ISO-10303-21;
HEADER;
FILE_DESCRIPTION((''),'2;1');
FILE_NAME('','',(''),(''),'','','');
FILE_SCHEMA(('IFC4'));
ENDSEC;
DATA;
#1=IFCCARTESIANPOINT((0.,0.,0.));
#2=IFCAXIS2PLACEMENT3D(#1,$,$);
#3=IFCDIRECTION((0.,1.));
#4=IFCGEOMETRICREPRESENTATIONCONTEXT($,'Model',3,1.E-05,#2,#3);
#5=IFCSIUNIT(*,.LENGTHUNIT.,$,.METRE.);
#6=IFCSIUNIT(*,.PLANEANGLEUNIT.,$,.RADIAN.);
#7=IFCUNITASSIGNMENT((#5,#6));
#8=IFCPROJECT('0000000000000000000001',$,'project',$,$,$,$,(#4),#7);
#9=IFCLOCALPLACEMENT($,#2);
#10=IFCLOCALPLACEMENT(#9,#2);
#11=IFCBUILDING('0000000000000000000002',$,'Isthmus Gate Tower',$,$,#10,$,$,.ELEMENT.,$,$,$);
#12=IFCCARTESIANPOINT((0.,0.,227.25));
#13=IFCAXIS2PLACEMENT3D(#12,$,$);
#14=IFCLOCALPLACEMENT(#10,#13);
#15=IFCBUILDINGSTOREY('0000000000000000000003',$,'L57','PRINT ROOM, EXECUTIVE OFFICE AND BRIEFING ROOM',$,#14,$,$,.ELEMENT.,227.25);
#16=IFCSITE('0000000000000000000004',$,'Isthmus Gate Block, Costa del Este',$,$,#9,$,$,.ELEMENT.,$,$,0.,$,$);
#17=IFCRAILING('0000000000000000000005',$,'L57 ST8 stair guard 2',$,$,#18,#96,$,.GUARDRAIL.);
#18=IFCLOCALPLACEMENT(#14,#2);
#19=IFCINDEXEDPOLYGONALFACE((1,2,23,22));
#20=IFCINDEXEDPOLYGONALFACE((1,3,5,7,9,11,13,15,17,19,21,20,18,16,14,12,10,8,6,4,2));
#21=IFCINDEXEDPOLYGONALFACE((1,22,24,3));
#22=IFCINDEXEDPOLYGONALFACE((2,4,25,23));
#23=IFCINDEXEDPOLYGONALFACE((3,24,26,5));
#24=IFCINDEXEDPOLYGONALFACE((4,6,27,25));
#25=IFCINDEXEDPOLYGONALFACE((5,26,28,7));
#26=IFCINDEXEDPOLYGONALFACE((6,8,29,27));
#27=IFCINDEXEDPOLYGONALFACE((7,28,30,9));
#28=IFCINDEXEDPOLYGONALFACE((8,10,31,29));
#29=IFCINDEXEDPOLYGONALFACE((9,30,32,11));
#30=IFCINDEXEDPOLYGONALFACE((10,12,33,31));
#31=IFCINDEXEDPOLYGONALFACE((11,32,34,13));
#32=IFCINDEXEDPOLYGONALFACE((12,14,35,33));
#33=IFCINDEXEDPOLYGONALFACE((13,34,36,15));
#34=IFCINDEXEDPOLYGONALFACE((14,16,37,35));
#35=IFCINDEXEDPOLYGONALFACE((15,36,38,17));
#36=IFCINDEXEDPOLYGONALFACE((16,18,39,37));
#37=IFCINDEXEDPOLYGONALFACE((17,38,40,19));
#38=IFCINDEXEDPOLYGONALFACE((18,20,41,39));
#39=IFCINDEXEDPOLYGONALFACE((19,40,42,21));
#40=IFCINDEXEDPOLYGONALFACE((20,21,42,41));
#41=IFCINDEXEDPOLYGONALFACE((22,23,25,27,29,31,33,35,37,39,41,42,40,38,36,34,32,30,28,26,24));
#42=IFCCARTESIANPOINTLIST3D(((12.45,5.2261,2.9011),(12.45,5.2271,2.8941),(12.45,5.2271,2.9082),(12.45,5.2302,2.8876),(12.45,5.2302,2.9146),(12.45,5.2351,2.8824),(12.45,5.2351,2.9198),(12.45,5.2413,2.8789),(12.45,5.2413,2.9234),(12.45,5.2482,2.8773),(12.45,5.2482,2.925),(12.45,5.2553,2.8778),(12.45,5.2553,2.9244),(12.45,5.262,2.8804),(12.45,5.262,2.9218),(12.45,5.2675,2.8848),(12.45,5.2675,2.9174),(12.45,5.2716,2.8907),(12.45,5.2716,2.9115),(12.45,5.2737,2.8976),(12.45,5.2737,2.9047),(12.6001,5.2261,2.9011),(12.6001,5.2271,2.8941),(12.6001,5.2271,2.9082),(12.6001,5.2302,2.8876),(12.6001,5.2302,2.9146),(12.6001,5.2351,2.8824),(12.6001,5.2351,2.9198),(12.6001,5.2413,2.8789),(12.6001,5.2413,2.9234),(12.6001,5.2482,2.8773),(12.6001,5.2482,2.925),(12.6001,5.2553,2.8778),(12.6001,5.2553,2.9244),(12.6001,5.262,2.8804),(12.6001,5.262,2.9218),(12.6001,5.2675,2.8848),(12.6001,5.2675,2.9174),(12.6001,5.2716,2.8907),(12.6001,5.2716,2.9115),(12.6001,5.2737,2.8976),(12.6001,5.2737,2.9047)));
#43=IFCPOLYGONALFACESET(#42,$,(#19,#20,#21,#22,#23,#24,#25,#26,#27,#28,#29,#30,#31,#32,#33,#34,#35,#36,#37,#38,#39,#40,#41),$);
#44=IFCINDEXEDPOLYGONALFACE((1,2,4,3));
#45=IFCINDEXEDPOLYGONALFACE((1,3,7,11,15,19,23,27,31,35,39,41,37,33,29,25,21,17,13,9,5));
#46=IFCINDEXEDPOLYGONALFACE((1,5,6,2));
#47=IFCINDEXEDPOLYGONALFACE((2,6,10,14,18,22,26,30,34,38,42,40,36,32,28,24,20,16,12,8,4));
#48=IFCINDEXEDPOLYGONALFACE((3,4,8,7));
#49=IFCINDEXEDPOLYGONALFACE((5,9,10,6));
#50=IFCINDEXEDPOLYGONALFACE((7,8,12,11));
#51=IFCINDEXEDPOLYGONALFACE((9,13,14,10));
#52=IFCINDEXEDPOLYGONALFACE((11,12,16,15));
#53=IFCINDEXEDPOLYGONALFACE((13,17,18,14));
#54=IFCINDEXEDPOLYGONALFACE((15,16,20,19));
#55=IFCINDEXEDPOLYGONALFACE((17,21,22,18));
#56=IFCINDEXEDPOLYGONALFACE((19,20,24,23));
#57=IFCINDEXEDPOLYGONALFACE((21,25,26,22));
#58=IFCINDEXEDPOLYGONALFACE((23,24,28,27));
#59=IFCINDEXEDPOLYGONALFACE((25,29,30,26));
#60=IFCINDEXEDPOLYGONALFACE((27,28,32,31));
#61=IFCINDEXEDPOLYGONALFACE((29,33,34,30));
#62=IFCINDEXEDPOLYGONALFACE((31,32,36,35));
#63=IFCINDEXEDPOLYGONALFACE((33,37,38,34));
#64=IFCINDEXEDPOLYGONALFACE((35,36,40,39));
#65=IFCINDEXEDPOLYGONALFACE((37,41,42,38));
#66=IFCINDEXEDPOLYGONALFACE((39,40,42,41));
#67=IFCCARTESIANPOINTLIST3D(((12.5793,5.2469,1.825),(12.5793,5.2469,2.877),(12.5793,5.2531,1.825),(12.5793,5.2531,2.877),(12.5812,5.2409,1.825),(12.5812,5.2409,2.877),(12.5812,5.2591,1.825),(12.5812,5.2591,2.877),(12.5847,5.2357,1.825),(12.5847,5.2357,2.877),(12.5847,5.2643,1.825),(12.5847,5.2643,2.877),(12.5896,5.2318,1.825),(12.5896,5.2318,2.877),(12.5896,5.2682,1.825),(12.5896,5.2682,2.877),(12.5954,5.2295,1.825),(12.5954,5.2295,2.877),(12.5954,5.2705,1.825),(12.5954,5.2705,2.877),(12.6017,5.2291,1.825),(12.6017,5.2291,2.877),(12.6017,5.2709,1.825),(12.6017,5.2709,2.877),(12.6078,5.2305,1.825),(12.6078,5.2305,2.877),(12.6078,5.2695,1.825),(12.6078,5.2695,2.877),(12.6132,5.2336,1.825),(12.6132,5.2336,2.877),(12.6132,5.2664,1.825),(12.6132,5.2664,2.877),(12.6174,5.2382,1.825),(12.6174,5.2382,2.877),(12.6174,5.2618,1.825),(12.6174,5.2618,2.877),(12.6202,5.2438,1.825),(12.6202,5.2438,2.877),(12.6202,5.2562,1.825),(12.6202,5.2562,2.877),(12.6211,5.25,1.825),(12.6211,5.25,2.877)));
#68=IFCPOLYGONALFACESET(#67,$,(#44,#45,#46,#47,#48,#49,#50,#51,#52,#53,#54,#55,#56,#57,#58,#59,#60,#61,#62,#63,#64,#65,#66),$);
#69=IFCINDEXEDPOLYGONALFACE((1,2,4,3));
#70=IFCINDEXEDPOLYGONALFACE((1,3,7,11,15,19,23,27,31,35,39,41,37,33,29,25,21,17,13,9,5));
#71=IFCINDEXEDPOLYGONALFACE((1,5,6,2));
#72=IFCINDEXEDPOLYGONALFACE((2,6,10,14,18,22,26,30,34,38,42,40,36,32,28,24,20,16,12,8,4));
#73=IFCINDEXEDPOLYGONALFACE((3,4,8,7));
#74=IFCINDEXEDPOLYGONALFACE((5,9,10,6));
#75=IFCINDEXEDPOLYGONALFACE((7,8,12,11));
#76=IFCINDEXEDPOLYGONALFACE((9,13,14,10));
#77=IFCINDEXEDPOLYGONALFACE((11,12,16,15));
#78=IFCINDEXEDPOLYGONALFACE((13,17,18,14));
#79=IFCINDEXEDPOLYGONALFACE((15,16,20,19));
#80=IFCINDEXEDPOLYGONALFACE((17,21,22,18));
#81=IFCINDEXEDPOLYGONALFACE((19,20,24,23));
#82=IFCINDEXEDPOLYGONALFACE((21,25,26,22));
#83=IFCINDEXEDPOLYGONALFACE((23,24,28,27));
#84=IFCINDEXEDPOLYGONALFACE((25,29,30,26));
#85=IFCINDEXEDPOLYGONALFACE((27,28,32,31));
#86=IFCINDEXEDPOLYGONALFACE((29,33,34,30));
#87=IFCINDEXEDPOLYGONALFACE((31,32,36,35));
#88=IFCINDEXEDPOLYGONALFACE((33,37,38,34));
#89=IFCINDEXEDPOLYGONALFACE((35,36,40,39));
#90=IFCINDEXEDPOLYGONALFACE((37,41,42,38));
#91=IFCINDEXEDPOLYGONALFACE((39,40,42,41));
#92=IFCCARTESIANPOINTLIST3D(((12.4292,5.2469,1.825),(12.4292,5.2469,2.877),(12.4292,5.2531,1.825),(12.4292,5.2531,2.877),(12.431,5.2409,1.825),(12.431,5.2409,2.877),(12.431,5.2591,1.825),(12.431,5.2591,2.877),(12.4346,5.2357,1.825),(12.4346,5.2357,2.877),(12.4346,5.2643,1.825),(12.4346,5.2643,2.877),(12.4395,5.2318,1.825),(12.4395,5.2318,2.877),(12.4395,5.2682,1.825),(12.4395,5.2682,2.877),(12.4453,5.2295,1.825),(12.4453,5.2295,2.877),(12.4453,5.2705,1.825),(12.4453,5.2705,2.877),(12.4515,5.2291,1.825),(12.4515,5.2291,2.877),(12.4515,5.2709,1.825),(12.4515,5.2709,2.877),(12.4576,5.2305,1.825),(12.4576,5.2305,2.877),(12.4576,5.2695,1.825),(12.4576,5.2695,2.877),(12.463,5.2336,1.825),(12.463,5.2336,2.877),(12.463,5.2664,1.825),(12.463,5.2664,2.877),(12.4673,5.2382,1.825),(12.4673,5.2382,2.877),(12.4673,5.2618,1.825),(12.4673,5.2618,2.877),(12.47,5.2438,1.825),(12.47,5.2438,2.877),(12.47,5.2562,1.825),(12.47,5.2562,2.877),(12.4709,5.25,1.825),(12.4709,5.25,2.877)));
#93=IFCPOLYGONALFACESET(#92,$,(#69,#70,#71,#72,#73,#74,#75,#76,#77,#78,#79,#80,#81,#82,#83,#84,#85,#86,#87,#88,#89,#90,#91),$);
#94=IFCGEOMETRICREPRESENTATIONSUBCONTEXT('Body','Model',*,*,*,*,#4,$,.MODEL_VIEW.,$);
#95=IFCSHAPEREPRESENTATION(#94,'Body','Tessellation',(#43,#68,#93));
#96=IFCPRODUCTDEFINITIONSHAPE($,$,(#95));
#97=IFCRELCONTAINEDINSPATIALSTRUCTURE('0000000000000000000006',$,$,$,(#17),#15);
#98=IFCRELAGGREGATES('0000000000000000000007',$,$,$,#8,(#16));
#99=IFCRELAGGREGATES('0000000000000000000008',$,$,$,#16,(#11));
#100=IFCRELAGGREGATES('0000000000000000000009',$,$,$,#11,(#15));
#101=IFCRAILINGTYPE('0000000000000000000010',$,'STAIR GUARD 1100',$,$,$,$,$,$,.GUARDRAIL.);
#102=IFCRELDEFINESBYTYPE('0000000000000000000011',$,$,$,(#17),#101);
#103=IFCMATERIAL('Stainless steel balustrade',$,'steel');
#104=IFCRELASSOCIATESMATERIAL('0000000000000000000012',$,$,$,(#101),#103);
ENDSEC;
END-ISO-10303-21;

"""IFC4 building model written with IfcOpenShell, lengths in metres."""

from ifc_helpers import new_model, si_unit, direction, frame, origin, origin_2d, place, context, subcontext, project, spatial, circle, extrude, material, type_object, element, save


model = new_model("IFC4")

# Units and contexts
model_context = context("Model", 3, precision=1e-05, world=origin(), true_north=direction((0.0, 1.0)))
body_context = subcontext(model_context, "Body", "Model", "MODEL_VIEW")
ifc_project = project(units=[si_unit("LENGTHUNIT", "METRE"), si_unit("PLANEANGLEUNIT", "RADIAN")], contexts=[model_context])

# Site, building, storey
site_placement = place(None, origin())
site = spatial("IfcSite", under=ifc_project, at=site_placement, Name="Isthmus Gate Block, Costa del Este", CompositionType="ELEMENT", RefElevation=0.0)
building_placement = place(site_placement, origin())
building = spatial("IfcBuilding", under=site, at=building_placement, Name="Isthmus Gate Tower", CompositionType="ELEMENT")
storey_placement = place(building_placement, frame((0.0, 0.0, 227.25)))
storey = spatial("IfcBuildingStorey", under=building, at=storey_placement, Name="L57", Description="PRINT ROOM, EXECUTIVE OFFICE AND BRIEFING ROOM", CompositionType="ELEMENT", Elevation=227.25)

# Railing
ifc_material_1 = material(Name="Stainless steel balustrade", Category="steel")
railing_type_1 = type_object("IfcRailingType", Name="STAIR GUARD 1100", PredefinedType="GUARDRAIL", material=ifc_material_1)
railing_1_placement = place(storey_placement, frame((12.6001, 5.25, 1.825)))
element("IfcRailing", 1, at=railing_1_placement, inside=storey, type_object=railing_type_1, Name="L57 ST8 stair guard 2", PredefinedType="GUARDRAIL", context=body_context, shape_type="SweptSolid", body=[
    extrude(circle(Radius=0.0239, at=origin_2d()), frame((0.0, 0.0, 1.0762), z_axis=(-1.0, 0.0, 0.0), x_axis=(0.0, -1.0, 0.0)), (0.0, 0.0, 1.0), 0.1501),
    extrude(circle(Radius=0.021, at=origin_2d()), origin(), (0.0, 0.0, 1.0), 1.052),
    extrude(circle(Radius=0.021, at=origin_2d()), frame((-0.1501, 0.0, 0.0)), (0.0, 0.0, 1.0), 1.052),
])

save(model, "model.ifc")
